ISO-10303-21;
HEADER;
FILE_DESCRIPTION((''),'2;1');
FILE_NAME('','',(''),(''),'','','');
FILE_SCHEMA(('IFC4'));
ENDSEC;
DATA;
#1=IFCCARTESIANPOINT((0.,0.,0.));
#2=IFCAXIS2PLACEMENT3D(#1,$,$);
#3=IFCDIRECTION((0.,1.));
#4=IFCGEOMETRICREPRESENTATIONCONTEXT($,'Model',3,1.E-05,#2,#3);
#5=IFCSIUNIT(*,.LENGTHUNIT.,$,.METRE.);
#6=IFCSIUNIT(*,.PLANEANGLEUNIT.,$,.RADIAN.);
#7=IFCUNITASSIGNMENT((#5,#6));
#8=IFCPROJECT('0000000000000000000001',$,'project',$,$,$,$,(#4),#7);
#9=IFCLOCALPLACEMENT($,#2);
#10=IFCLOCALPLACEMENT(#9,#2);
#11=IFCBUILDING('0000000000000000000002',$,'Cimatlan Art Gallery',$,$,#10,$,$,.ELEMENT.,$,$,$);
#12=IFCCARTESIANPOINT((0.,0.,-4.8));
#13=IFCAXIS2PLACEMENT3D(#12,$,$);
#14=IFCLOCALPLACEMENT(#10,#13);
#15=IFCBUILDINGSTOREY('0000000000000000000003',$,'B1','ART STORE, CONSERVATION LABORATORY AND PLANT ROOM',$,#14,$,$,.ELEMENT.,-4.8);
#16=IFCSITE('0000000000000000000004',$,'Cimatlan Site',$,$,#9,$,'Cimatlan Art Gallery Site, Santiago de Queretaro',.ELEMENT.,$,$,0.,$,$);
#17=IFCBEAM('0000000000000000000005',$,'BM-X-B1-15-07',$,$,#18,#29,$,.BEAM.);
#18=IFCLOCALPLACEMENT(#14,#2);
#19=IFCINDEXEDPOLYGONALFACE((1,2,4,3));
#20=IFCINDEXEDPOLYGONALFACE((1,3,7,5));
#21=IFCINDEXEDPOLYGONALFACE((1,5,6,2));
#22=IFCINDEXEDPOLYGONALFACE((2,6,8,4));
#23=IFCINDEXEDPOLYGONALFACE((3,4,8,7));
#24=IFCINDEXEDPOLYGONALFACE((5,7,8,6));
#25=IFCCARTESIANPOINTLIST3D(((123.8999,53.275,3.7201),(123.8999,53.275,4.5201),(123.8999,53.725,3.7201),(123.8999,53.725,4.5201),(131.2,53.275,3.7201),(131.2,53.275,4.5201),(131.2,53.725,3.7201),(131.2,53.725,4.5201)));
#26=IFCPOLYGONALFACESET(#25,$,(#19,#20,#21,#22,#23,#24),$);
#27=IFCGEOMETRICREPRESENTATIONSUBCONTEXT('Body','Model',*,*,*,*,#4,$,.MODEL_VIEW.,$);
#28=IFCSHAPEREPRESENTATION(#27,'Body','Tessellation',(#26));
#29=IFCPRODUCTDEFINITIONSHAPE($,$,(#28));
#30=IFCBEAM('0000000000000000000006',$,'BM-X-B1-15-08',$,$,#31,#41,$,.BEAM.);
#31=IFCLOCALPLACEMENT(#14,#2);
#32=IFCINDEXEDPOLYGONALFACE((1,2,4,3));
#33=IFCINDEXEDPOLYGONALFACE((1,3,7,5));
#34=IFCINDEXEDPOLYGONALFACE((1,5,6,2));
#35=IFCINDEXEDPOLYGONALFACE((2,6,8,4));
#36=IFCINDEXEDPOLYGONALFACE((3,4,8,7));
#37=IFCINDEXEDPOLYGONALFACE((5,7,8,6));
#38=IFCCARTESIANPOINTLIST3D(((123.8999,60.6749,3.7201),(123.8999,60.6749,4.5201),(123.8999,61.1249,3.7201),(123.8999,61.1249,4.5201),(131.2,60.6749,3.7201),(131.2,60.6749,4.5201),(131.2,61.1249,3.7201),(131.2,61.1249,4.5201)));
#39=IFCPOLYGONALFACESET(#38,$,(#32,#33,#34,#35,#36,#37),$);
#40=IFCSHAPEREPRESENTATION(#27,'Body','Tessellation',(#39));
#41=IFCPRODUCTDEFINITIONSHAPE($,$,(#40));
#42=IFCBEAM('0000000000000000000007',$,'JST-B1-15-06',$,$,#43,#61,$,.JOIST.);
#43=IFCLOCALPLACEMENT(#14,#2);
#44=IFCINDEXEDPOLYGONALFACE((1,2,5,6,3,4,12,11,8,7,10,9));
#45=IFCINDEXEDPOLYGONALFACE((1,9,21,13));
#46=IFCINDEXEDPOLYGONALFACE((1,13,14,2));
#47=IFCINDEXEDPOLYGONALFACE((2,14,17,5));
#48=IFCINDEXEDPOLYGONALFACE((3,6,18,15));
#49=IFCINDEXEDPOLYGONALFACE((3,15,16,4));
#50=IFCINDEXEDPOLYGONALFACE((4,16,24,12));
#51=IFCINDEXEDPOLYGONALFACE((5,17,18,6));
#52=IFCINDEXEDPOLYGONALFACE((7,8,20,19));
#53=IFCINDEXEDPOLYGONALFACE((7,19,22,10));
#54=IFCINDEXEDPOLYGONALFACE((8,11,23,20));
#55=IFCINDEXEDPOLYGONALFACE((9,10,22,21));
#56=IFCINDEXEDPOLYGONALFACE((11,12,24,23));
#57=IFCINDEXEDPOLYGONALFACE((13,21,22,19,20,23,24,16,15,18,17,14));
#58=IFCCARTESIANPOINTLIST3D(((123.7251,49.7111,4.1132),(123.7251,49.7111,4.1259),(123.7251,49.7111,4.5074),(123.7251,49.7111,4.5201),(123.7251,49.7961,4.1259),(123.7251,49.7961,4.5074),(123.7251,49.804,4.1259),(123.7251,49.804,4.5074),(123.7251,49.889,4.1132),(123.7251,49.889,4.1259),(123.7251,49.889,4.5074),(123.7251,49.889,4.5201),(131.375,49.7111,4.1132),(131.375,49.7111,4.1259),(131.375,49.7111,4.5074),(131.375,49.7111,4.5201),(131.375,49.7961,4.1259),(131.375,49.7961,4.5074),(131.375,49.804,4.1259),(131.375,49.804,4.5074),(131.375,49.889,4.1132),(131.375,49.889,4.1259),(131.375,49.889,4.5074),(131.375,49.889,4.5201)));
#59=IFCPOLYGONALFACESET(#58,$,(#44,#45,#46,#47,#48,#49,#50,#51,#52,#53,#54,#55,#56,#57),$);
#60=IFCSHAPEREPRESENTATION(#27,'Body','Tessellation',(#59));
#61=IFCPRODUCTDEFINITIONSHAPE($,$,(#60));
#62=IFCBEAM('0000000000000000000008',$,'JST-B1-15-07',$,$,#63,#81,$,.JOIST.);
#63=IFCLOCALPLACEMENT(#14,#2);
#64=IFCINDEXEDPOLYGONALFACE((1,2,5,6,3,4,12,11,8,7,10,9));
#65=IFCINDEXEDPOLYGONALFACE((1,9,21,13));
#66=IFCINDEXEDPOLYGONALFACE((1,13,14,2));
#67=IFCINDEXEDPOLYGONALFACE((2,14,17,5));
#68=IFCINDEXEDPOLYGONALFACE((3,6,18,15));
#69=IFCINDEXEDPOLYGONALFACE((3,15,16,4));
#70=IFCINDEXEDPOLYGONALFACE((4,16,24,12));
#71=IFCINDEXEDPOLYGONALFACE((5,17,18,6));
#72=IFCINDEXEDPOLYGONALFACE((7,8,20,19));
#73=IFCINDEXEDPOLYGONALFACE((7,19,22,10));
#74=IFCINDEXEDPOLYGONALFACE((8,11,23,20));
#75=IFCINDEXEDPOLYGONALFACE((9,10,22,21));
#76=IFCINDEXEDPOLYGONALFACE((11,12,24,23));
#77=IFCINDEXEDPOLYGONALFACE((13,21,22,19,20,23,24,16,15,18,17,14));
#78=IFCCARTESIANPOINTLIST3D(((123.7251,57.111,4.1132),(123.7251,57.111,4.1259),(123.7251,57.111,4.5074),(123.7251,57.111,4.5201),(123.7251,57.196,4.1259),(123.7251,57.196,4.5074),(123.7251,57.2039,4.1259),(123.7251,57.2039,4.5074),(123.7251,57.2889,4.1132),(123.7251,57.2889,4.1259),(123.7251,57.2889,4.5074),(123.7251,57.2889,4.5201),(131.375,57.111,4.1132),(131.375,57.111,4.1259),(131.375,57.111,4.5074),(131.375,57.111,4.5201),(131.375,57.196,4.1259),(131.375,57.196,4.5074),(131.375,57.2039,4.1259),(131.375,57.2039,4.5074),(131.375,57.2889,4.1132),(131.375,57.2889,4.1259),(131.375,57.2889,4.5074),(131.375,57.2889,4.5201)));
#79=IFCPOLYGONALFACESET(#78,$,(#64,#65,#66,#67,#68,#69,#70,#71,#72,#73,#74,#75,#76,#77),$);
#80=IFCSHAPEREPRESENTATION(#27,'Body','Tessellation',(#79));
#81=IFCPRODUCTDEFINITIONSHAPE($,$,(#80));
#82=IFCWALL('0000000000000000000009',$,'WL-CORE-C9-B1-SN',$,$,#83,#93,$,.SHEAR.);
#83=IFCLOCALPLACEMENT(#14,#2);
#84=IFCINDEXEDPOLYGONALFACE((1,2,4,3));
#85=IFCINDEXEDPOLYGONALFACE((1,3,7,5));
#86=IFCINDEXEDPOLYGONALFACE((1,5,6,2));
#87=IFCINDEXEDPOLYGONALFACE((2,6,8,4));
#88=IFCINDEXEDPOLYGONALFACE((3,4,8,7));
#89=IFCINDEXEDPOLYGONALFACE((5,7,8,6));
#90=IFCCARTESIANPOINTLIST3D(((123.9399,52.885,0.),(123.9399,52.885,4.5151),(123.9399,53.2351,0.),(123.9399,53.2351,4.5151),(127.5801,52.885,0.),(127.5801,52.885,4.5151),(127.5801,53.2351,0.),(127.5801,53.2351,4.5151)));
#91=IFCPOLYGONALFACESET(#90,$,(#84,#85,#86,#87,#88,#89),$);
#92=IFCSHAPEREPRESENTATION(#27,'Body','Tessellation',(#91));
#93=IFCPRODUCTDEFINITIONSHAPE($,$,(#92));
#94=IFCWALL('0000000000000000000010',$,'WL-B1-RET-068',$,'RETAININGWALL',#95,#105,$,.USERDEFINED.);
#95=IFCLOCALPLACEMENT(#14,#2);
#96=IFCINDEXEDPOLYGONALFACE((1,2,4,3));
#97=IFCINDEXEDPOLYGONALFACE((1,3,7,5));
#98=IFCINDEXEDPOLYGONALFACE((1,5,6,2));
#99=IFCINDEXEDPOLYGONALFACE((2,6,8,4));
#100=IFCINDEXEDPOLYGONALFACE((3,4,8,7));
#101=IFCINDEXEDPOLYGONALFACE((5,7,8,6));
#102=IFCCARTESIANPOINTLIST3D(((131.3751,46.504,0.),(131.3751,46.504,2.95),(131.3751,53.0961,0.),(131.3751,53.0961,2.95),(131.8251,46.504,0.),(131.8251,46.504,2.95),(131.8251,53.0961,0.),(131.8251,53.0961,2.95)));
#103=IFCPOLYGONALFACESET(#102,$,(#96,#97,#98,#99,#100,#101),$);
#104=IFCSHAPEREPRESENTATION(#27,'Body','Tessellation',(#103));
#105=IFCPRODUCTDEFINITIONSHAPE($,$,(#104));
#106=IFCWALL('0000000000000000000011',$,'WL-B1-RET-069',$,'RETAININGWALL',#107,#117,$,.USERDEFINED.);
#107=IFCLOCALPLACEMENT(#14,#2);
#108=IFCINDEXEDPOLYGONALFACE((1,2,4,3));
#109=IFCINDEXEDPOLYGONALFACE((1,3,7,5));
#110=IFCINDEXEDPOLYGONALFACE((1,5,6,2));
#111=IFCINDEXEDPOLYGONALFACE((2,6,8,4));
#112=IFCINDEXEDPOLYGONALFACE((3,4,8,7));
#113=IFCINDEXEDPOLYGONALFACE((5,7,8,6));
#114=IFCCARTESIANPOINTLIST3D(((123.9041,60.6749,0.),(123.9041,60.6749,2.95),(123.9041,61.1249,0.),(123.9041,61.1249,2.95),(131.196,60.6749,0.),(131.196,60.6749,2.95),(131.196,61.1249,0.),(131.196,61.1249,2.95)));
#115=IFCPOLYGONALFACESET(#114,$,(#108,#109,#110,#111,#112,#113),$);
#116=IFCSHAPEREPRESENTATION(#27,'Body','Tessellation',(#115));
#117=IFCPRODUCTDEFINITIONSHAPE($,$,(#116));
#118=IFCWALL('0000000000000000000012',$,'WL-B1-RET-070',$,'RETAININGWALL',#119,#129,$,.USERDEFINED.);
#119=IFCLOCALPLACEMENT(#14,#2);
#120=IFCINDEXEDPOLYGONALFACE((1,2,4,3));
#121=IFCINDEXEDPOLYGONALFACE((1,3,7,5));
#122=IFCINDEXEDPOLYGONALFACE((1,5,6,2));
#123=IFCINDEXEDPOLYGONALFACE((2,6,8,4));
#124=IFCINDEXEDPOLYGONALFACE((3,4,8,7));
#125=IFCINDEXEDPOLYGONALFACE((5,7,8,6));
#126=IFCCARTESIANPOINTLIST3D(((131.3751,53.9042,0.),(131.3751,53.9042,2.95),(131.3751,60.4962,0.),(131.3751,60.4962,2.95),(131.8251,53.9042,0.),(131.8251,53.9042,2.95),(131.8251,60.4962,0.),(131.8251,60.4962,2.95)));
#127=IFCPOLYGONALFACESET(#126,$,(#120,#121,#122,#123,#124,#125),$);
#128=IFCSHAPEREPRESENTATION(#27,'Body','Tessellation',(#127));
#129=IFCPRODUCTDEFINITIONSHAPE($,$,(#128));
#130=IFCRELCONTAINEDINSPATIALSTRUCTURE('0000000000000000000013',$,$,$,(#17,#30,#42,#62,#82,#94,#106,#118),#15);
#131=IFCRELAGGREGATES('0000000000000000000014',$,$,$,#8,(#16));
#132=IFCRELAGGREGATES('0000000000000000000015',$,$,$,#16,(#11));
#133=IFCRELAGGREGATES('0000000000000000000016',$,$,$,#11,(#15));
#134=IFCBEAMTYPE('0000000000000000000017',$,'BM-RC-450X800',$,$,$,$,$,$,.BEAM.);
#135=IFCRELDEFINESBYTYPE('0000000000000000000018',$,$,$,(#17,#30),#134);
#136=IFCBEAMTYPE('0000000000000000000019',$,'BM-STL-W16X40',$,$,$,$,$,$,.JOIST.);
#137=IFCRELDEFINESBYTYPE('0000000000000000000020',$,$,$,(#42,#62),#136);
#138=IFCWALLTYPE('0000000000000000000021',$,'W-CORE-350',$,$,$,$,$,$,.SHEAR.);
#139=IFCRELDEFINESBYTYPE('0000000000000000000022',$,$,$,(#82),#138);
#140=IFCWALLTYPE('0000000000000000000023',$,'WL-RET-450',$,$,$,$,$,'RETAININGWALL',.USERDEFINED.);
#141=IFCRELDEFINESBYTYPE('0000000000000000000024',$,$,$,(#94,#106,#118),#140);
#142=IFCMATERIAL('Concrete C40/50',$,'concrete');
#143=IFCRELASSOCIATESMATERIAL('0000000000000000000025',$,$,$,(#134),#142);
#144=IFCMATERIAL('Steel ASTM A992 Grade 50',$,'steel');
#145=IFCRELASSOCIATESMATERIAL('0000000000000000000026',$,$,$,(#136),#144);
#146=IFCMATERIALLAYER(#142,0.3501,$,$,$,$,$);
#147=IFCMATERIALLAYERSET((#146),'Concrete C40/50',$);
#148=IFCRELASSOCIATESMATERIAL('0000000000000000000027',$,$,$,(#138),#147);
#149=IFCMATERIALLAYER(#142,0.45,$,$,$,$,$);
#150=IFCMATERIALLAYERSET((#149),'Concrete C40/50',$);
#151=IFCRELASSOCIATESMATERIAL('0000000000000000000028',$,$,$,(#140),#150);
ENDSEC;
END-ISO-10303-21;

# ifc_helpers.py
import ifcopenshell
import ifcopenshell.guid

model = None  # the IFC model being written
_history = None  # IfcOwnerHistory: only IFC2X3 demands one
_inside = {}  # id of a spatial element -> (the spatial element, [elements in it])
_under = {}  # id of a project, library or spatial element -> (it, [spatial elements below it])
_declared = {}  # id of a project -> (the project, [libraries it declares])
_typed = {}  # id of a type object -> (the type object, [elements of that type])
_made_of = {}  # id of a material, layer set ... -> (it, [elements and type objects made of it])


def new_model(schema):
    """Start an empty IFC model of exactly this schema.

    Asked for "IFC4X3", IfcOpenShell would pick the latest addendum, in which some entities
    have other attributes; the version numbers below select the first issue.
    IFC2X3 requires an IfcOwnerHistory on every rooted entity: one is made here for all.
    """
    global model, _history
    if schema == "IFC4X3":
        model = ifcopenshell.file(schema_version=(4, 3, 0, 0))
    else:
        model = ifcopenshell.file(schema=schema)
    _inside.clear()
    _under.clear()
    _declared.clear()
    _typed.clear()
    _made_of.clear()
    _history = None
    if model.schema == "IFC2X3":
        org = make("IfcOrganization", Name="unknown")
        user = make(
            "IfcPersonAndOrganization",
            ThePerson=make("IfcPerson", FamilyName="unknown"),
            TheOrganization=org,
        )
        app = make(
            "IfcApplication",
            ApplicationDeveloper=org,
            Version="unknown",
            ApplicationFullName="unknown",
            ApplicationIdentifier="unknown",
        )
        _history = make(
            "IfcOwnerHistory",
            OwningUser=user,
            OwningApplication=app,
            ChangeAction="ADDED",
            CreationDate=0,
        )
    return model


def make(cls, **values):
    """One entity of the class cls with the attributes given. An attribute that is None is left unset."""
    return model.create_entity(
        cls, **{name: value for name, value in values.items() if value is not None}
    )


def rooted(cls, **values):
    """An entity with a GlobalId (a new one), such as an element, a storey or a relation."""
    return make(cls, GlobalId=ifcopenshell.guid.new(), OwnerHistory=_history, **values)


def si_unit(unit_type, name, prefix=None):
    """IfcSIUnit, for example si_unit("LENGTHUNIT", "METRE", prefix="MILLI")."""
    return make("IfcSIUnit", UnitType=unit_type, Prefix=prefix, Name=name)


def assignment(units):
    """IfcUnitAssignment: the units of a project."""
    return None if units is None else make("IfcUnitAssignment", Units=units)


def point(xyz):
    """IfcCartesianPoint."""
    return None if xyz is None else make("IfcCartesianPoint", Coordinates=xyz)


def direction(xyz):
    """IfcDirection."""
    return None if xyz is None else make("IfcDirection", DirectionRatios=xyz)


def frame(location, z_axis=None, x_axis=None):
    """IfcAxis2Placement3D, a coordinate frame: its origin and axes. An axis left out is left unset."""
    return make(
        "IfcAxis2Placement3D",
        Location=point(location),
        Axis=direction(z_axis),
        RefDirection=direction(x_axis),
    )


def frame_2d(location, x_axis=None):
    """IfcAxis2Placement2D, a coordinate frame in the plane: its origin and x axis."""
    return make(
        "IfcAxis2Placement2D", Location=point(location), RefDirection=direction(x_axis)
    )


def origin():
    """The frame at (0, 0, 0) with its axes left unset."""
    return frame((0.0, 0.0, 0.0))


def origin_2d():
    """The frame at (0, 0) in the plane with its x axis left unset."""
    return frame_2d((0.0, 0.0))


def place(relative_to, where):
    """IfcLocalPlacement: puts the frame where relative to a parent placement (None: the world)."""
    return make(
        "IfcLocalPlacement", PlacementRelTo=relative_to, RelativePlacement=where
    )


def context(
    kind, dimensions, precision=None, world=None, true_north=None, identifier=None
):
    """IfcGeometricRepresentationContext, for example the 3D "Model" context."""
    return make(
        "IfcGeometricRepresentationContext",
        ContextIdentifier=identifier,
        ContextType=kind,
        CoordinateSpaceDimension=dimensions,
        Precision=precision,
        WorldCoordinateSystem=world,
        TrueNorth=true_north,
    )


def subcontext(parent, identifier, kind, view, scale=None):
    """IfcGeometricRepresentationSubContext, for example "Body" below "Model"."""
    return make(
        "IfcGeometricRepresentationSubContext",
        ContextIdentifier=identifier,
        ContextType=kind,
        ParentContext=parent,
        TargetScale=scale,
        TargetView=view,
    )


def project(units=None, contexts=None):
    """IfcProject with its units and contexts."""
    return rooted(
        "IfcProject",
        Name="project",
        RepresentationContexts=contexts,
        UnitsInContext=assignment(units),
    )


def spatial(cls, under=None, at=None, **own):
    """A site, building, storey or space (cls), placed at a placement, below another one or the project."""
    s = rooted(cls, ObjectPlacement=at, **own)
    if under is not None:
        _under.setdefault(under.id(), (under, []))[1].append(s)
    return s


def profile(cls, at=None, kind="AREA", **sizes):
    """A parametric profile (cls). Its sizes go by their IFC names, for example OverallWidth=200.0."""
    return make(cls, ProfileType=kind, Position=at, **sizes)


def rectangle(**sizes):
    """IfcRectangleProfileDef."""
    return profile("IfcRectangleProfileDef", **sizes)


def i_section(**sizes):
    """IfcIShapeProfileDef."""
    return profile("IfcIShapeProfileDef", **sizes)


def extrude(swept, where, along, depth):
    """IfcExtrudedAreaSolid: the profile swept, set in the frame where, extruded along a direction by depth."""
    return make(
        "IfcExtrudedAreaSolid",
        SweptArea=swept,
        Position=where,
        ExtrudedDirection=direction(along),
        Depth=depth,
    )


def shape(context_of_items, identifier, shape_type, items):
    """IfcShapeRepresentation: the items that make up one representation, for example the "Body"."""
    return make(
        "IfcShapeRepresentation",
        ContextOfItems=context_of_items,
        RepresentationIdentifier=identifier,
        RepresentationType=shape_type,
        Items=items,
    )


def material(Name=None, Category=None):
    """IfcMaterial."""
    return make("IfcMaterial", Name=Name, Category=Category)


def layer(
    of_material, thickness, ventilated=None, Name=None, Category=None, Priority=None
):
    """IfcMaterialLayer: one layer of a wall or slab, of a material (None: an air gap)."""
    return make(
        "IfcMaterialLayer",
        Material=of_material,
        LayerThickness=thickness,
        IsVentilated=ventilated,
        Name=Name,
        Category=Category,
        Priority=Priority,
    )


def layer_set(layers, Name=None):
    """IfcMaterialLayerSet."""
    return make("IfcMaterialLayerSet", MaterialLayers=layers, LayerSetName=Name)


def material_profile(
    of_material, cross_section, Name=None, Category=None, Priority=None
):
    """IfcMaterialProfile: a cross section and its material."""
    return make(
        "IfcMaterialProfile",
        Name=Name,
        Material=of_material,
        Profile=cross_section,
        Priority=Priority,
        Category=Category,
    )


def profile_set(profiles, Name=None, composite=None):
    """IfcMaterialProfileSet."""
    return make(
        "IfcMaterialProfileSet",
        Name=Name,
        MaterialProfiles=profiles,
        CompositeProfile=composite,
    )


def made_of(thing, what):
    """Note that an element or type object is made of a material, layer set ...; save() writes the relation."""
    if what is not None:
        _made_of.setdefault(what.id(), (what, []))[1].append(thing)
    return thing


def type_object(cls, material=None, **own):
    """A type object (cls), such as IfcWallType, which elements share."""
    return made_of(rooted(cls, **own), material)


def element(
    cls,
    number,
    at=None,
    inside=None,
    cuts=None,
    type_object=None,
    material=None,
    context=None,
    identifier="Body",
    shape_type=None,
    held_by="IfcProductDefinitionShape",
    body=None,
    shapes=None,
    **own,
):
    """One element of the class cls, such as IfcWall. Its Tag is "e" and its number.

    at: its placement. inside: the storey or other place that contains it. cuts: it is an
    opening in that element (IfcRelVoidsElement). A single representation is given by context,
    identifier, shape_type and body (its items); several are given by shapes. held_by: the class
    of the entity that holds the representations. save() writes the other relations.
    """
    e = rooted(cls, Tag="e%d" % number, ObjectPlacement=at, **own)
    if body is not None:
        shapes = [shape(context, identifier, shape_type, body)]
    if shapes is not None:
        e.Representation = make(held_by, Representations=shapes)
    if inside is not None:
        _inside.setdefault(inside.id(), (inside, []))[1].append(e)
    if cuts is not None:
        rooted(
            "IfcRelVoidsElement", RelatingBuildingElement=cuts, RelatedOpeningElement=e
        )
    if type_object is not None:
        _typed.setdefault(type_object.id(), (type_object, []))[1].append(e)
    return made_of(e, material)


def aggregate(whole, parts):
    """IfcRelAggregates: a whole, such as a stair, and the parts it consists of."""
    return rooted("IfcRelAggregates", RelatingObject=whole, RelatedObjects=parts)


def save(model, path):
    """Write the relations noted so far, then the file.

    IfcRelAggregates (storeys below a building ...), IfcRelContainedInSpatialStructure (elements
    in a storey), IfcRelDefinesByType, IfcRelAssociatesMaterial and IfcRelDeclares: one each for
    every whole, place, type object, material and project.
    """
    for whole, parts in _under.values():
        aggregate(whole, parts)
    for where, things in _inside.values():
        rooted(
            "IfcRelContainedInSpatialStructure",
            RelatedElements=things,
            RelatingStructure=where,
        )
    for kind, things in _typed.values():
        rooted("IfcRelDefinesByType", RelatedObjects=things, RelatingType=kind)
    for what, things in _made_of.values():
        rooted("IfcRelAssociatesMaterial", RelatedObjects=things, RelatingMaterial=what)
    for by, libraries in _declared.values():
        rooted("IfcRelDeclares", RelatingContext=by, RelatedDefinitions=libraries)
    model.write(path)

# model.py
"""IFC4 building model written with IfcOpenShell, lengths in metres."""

from ifc_helpers import new_model, si_unit, direction, frame, frame_2d, origin, origin_2d, place, context, subcontext, project, spatial, rectangle, i_section, extrude, material, layer, layer_set, material_profile, profile_set, type_object, element, save


model = new_model("IFC4")

# Units and contexts
model_context = context("Model", 3, precision=1e-05, world=origin(), true_north=direction((0.0, 1.0)))
body_context = subcontext(model_context, "Body", "Model", "MODEL_VIEW")
ifc_project = project(units=[si_unit("LENGTHUNIT", "METRE"), si_unit("PLANEANGLEUNIT", "RADIAN")], contexts=[model_context])

# Site, building, storey
site_placement = place(None, origin())
site = spatial("IfcSite", under=ifc_project, at=site_placement, Name="Cimatlan Site", LongName="Cimatlan Art Gallery Site, Santiago de Queretaro", CompositionType="ELEMENT", RefElevation=0.0)
building_placement = place(site_placement, origin())
building = spatial("IfcBuilding", under=site, at=building_placement, Name="Cimatlan Art Gallery", CompositionType="ELEMENT")
storey_placement = place(building_placement, frame((0.0, 0.0, -4.8)))
storey = spatial("IfcBuildingStorey", under=building, at=storey_placement, Name="B1", Description="ART STORE, CONSERVATION LABORATORY AND PLANT ROOM", CompositionType="ELEMENT", Elevation=-4.8)

# Shared definitions
ifc_material_1 = material(Name="Concrete C40/50", Category="concrete")

# Beams
ifc_material_profile_1 = material_profile(ifc_material_1, rectangle(XDim=0.45, YDim=0.8, at=origin_2d()), Name="RC450X800")
ifc_profile_set_1 = profile_set([ifc_material_profile_1], Name="Concrete C40/50")
beam_type_1 = type_object("IfcBeamType", Name="BM-RC-450X800", PredefinedType="BEAM", material=ifc_profile_set_1)
for number, where, z_axis, x_axis, name in (
    (1, (123.8999, 53.5, 4.1201), (1.0, 0.0, 0.0), (0.0, 1.0, 0.0), "BM-X-B1-15-07"),
    (2, (123.8999, 60.8999, 4.1201), (1.0, 0.0, 0.0), (0.0, 1.0, 0.0), "BM-X-B1-15-08"),
):
    element("IfcBeam", number, at=place(storey_placement, frame(where, z_axis=z_axis, x_axis=x_axis)), inside=storey, type_object=beam_type_1, Name=name, PredefinedType="BEAM", context=body_context, shape_type="SweptSolid", body=[
        extrude(rectangle(XDim=0.45, YDim=0.8, at=origin_2d()), origin(), (0.0, 0.0, 1.0), 7.3),
    ])
ifc_material_2 = material(Name="Steel ASTM A992 Grade 50", Category="steel")
ifc_material_profile_2 = material_profile(ifc_material_2, i_section(OverallWidth=0.178, OverallDepth=0.407, WebThickness=0.0078, FlangeThickness=0.0127, at=origin_2d()), Name="W16X40")
ifc_profile_set_2 = profile_set([ifc_material_profile_2], Name="Steel ASTM A992 Grade 50")
beam_type_2 = type_object("IfcBeamType", Name="BM-STL-W16X40", PredefinedType="JOIST", material=ifc_profile_set_2)
for number, where, z_axis, x_axis, name in (
    (3, (123.7251, 49.8, 4.3167), (1.0, 0.0, 0.0), (0.0, 1.0, 0.0), "JST-B1-15-06"),
    (4, (123.7251, 57.2, 4.3167), (1.0, 0.0, 0.0), (0.0, 1.0, 0.0), "JST-B1-15-07"),
):
    element("IfcBeam", number, at=place(storey_placement, frame(where, z_axis=z_axis, x_axis=x_axis)), inside=storey, type_object=beam_type_2, Name=name, PredefinedType="JOIST", context=body_context, shape_type="SweptSolid", body=[
        extrude(i_section(OverallWidth=0.178, OverallDepth=0.407, WebThickness=0.0078, FlangeThickness=0.0127, at=origin_2d()), origin(), (0.0, 0.0, 1.0), 7.6499),
    ])

# Walls
ifc_layer_1 = layer(ifc_material_1, 0.3501)
ifc_layer_set_1 = layer_set([ifc_layer_1], Name="Concrete C40/50")
wall_type_1 = type_object("IfcWallType", Name="W-CORE-350", PredefinedType="SHEAR", material=ifc_layer_set_1)
wall_1_placement = place(storey_placement, frame((123.9399, 53.0601, 0.0), z_axis=(0.0, 0.0, 1.0), x_axis=(1.0, 0.0, 0.0)))
element("IfcWall", 5, at=wall_1_placement, inside=storey, type_object=wall_type_1, Name="WL-CORE-C9-B1-SN", PredefinedType="SHEAR", context=body_context, shape_type="SweptSolid", body=[
    extrude(rectangle(XDim=3.6401, YDim=0.3501, at=frame_2d((1.8201, 0.0))), origin(), (0.0, 0.0, 1.0), 4.5151),
])
ifc_layer_2 = layer(ifc_material_1, 0.45)
ifc_layer_set_2 = layer_set([ifc_layer_2], Name="Concrete C40/50")
wall_type_2 = type_object("IfcWallType", Name="WL-RET-450", ElementType="RETAININGWALL", PredefinedType="USERDEFINED", material=ifc_layer_set_2)
wall_2_placement = place(storey_placement, frame((131.6001, 53.0959, 0.0), z_axis=(0.0, 0.0, 1.0), x_axis=(0.0, -1.0, 0.0)))
element("IfcWall", 6, at=wall_2_placement, inside=storey, type_object=wall_type_2, Name="WL-B1-RET-068", ObjectType="RETAININGWALL", PredefinedType="USERDEFINED", context=body_context, shape_type="SweptSolid", body=[
    extrude(rectangle(XDim=6.592, YDim=0.45, at=frame_2d((3.2959, 0.0))), origin(), (0.0, 0.0, 1.0), 2.95),
])
wall_3_placement = place(storey_placement, frame((123.9041, 60.8999, 0.0), z_axis=(0.0, 0.0, 1.0), x_axis=(1.0, 0.0, 0.0)))
element("IfcWall", 7, at=wall_3_placement, inside=storey, type_object=wall_type_2, Name="WL-B1-RET-069", ObjectType="RETAININGWALL", PredefinedType="USERDEFINED", context=body_context, shape_type="SweptSolid", body=[
    extrude(rectangle(XDim=7.292, YDim=0.45, at=frame_2d((3.646, 0.0))), origin(), (0.0, 0.0, 1.0), 2.95),
])
wall_4_placement = place(storey_placement, frame((131.6001, 60.4961, 0.0), z_axis=(0.0, 0.0, 1.0), x_axis=(0.0, -1.0, 0.0)))
element("IfcWall", 8, at=wall_4_placement, inside=storey, type_object=wall_type_2, Name="WL-B1-RET-070", ObjectType="RETAININGWALL", PredefinedType="USERDEFINED", context=body_context, shape_type="SweptSolid", body=[
    extrude(rectangle(XDim=6.592, YDim=0.45, at=frame_2d((3.2959, 0.0))), origin(), (0.0, 0.0, 1.0), 2.95),
])

save(model, "model.ifc")
